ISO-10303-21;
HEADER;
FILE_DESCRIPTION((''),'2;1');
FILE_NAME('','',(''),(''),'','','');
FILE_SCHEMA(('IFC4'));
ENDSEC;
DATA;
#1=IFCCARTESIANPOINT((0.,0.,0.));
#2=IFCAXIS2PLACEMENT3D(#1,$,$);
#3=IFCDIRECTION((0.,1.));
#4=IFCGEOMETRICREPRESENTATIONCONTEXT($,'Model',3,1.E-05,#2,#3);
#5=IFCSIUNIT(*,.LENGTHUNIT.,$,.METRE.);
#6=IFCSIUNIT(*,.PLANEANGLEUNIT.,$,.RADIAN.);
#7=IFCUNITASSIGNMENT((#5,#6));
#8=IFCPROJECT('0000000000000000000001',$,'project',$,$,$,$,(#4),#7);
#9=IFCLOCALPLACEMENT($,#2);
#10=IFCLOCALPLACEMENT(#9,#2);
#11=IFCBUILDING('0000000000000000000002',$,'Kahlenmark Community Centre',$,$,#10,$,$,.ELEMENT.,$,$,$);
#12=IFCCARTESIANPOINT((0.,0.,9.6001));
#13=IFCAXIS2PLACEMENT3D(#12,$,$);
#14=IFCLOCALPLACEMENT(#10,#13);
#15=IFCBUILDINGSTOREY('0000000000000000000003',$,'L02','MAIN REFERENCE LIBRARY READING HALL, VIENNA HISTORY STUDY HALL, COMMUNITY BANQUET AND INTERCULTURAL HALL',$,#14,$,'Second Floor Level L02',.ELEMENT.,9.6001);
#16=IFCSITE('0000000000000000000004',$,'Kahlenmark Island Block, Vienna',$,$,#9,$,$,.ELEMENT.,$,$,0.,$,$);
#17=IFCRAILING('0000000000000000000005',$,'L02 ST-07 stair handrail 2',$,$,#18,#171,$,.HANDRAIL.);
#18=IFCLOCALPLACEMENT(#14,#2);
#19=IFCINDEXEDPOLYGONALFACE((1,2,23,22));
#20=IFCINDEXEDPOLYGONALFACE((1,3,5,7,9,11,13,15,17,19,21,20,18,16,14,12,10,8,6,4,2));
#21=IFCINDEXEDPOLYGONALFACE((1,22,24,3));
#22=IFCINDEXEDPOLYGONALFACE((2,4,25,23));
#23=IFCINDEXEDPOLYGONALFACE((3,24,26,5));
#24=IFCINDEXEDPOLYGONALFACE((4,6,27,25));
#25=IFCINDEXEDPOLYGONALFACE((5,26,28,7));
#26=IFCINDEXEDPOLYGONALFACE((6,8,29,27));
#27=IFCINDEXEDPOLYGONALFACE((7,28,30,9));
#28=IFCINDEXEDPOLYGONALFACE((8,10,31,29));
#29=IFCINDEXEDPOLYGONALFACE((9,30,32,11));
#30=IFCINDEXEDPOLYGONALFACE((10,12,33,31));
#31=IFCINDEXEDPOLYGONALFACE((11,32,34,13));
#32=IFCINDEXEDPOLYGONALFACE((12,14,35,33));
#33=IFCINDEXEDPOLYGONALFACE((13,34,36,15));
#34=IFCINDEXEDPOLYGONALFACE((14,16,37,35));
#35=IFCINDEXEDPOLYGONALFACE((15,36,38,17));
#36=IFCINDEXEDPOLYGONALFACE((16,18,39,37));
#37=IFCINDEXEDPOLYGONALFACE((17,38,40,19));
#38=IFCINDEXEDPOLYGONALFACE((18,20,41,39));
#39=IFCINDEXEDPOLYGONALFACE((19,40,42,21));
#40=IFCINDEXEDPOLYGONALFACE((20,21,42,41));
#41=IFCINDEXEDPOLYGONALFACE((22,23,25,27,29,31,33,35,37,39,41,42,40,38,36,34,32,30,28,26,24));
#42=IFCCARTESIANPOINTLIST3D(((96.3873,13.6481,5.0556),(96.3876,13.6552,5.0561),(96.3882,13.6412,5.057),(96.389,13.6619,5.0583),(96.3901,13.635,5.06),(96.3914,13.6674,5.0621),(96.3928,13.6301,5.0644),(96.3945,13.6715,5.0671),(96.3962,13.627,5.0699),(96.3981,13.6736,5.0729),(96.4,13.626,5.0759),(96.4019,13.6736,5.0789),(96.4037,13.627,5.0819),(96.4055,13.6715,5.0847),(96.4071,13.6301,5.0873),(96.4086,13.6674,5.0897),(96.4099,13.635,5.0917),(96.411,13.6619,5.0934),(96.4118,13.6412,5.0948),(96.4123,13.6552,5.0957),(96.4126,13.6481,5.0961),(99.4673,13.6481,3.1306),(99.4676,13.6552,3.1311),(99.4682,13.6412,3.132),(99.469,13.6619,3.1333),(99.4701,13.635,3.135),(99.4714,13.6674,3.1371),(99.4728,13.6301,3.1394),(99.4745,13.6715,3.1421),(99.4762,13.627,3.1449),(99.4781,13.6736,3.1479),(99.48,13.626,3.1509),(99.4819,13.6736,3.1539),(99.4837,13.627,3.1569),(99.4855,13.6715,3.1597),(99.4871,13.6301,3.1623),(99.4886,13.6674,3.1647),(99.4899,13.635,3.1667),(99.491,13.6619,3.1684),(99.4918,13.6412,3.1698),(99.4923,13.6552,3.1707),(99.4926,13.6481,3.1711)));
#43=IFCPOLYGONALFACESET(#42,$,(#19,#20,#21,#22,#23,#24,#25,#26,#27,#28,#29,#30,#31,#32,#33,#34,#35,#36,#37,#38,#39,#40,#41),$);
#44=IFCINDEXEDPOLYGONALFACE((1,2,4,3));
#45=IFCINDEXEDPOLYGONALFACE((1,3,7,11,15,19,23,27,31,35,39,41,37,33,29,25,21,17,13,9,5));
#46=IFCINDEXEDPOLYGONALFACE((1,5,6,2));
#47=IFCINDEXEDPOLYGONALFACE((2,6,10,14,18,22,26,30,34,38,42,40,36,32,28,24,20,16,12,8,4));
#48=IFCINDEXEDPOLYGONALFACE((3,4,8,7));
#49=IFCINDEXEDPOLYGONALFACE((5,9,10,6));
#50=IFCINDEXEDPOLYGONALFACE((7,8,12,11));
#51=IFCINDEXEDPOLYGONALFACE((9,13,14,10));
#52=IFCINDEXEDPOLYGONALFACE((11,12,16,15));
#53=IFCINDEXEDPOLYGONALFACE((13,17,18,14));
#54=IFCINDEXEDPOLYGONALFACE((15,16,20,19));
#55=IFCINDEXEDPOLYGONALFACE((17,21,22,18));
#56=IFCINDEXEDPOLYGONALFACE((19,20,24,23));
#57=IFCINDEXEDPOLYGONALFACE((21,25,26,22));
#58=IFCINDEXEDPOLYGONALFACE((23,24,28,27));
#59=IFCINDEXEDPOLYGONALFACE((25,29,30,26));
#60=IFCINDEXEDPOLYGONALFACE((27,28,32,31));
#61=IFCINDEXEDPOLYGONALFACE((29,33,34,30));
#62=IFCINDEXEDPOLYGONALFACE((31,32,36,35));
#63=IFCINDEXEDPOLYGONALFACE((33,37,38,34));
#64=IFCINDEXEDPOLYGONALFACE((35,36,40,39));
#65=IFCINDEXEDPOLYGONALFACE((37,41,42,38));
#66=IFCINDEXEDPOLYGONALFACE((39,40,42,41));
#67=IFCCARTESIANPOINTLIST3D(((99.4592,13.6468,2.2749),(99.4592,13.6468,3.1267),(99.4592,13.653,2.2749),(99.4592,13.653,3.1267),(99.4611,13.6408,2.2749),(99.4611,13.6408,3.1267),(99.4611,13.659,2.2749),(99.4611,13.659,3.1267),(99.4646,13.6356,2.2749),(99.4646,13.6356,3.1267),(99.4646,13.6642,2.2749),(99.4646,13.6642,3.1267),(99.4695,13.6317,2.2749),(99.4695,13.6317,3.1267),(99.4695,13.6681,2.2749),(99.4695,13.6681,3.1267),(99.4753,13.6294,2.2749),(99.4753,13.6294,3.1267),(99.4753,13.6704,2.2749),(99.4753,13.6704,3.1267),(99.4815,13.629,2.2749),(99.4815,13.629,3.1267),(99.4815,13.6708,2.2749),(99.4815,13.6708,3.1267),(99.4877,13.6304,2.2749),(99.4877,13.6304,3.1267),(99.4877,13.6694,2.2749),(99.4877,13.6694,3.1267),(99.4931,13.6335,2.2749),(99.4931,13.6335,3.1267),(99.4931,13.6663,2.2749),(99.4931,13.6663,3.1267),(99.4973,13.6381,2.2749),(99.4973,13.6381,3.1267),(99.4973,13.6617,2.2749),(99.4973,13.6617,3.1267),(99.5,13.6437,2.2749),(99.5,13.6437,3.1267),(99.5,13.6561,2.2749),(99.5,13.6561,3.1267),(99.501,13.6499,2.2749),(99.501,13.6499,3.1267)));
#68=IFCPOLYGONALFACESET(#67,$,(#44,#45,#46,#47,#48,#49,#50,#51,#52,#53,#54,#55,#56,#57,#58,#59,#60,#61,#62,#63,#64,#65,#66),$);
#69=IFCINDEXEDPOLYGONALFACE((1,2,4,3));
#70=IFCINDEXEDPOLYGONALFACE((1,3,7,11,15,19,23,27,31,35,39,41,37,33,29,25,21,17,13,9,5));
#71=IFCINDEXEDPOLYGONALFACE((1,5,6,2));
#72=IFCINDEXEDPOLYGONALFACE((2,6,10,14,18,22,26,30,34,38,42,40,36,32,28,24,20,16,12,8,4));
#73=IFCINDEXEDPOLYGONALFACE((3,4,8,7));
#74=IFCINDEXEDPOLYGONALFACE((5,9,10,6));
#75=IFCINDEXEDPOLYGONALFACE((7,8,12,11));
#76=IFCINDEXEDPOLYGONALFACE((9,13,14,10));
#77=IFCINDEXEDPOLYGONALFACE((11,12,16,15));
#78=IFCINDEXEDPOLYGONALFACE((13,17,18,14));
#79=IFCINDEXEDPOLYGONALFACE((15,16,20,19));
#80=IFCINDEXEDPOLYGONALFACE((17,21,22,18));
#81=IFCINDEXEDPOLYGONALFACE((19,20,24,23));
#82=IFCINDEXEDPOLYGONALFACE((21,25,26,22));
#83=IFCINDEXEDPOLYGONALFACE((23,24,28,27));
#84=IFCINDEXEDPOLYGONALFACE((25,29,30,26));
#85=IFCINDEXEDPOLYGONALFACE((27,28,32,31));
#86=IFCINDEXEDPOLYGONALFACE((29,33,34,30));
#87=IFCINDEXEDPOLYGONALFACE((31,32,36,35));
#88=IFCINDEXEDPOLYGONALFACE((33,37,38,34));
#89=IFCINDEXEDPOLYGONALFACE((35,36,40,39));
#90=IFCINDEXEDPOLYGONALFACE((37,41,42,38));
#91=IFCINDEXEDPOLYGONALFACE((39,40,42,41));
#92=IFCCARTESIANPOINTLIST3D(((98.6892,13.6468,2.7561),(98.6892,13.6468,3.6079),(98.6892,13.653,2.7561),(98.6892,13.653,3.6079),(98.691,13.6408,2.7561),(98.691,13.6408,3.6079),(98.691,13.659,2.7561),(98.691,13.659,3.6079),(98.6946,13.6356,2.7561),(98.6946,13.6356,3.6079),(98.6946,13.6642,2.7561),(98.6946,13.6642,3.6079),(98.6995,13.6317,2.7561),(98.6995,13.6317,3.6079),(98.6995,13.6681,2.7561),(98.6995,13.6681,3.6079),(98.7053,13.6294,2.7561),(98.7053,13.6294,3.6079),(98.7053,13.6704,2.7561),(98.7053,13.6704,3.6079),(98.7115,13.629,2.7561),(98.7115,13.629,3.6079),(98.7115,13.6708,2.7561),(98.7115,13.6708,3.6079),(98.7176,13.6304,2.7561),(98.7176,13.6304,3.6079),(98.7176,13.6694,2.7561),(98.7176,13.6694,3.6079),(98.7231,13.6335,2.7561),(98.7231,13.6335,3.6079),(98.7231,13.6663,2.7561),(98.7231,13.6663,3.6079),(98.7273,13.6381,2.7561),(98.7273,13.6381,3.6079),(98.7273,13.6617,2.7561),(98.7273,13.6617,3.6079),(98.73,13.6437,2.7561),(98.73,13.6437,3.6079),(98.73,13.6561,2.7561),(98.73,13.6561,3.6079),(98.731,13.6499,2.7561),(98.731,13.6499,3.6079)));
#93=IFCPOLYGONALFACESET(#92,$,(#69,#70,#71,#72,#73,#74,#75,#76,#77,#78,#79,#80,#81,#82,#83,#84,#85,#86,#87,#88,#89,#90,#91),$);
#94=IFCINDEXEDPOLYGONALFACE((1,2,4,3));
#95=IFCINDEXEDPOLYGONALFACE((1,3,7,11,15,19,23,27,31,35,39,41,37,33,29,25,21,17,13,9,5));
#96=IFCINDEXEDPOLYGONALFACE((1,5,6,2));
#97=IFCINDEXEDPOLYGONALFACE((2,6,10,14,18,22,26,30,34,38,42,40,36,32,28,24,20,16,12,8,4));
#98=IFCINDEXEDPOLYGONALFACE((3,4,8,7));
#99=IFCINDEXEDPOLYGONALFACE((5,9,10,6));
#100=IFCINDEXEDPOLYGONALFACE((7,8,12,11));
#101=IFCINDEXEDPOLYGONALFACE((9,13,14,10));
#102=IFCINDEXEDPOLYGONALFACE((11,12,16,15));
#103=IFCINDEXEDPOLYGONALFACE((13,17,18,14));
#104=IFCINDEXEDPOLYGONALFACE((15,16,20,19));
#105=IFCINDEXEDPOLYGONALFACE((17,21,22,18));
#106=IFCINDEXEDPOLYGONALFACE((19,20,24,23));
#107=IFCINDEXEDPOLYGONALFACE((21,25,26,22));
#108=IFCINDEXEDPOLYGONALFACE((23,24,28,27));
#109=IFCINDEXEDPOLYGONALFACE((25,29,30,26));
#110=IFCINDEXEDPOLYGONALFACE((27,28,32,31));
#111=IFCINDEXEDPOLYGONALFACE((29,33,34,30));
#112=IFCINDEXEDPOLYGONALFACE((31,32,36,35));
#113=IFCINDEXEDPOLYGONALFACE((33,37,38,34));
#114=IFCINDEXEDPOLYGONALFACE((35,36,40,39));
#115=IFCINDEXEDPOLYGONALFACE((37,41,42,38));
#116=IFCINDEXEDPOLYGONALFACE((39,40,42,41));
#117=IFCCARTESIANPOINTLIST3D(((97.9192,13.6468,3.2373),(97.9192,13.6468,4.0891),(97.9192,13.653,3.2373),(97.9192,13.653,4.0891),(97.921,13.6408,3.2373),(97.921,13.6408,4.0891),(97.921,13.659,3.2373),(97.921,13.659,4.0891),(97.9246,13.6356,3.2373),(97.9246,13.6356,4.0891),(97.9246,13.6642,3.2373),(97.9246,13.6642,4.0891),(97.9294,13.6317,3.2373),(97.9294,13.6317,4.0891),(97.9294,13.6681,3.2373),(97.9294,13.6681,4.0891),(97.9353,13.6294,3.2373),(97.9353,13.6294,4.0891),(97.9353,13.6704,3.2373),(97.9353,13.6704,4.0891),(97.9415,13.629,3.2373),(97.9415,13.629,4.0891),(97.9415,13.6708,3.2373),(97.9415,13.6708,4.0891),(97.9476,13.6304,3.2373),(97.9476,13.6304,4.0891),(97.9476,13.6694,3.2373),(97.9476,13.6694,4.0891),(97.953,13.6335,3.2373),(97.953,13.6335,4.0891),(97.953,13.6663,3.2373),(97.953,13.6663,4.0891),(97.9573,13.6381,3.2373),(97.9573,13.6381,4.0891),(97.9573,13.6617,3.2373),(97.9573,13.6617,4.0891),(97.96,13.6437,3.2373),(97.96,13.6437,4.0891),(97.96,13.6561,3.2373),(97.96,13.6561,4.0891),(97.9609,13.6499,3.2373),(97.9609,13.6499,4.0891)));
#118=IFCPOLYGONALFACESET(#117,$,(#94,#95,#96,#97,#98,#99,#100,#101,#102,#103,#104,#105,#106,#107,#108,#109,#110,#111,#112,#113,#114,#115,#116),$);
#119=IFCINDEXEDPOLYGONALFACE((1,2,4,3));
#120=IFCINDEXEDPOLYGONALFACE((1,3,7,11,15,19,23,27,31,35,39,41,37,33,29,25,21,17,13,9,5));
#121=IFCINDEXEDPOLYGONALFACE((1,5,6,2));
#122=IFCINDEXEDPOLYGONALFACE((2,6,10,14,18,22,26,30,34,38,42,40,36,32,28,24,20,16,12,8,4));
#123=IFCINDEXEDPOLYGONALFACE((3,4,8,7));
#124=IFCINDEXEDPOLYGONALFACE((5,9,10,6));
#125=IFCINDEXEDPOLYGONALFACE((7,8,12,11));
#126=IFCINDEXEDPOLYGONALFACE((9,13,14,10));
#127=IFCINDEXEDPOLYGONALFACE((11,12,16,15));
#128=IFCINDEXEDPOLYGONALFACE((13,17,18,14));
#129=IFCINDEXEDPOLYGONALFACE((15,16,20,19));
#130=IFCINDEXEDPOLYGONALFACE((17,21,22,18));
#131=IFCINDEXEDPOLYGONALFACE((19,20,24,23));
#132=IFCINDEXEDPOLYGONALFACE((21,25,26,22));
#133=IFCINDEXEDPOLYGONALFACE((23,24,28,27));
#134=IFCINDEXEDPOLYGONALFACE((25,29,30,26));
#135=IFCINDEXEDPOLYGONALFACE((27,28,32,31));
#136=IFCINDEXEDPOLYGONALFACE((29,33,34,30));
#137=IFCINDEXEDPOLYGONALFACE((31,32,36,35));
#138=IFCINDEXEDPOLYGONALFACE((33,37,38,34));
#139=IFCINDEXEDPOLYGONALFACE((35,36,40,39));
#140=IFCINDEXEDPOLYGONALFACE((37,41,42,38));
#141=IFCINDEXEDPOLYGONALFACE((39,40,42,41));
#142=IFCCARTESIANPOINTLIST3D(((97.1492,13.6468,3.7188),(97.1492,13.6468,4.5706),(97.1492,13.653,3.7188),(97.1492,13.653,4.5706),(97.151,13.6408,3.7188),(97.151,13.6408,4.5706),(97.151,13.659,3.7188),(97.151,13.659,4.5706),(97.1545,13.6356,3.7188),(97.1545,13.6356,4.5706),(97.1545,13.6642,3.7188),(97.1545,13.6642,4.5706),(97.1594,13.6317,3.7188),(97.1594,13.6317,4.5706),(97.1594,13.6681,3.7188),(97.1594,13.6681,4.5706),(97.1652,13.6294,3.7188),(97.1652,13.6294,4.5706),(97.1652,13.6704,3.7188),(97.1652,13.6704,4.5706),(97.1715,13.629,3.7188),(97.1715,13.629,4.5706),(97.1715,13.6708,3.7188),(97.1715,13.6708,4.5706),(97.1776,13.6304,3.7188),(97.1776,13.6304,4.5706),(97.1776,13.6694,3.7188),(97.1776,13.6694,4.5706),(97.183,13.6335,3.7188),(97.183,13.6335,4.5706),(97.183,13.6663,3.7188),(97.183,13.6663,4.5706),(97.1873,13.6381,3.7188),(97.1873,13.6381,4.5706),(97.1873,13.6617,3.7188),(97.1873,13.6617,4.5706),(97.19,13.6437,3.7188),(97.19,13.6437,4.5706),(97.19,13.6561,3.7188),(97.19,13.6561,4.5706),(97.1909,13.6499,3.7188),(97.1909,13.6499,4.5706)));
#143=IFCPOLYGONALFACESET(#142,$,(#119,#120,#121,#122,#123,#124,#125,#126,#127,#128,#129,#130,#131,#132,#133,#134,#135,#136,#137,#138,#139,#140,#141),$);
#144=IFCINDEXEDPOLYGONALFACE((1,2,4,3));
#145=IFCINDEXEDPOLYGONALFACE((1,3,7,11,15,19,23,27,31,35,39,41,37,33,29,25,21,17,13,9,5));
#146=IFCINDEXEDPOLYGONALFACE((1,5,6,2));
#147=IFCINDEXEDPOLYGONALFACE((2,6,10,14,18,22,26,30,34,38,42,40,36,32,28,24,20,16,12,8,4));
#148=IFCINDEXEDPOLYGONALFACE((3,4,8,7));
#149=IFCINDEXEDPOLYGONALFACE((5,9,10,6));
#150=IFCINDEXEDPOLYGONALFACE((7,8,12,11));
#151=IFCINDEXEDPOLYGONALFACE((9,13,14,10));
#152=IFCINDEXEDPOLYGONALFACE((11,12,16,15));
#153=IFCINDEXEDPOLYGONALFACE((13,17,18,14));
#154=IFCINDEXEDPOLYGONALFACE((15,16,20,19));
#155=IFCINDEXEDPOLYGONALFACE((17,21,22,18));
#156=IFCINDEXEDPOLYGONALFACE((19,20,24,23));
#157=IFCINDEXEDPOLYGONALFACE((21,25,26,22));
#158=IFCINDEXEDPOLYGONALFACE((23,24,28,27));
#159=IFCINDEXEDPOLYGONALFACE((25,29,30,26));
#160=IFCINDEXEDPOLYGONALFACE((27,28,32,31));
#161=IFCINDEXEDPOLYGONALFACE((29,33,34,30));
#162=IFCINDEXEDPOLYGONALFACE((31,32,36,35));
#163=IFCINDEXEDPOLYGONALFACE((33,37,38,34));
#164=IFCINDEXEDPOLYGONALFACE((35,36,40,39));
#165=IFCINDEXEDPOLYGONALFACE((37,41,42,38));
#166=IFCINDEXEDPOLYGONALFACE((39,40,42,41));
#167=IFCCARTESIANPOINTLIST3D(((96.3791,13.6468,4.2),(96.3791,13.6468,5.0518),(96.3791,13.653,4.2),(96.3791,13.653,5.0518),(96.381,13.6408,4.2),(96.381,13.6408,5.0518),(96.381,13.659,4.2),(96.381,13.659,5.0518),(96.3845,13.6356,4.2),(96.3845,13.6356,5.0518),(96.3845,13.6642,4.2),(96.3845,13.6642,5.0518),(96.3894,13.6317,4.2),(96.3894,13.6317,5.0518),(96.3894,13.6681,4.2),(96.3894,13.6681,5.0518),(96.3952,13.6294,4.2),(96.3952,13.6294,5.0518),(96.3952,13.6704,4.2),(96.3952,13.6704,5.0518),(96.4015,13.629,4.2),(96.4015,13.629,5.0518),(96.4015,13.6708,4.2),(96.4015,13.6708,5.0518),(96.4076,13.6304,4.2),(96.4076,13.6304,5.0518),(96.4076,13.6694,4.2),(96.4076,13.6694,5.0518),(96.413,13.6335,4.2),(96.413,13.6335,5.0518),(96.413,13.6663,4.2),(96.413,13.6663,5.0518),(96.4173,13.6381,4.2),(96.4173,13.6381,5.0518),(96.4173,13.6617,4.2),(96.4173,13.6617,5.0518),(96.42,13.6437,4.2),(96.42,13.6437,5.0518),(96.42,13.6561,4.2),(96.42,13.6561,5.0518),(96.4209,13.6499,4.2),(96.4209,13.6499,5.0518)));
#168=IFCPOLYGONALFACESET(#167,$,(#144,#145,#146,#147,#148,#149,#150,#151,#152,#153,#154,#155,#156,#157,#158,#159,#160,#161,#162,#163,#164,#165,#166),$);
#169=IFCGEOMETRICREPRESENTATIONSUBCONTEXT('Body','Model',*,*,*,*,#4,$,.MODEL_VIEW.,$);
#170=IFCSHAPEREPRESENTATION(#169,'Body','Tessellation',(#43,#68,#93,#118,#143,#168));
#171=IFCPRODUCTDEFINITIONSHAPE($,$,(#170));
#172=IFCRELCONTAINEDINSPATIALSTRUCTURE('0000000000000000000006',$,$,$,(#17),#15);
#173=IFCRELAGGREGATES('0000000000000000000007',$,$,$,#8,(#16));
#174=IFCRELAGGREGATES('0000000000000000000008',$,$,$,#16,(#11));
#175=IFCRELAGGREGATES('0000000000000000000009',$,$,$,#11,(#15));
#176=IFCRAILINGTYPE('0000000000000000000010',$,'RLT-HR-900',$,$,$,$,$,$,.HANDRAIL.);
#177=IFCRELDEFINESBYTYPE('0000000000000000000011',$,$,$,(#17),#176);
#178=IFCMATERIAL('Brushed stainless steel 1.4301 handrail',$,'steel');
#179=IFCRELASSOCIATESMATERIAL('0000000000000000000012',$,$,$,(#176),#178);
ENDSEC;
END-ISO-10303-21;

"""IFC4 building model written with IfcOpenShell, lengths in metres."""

from ifc_helpers import new_model, si_unit, direction, frame, origin, origin_2d, place, context, subcontext, project, spatial, circle, extrude, material, type_object, element, save


model = new_model("IFC4")

# Units and contexts
model_context = context("Model", 3, precision=1e-05, world=origin(), true_north=direction((0.0, 1.0)))
body_context = subcontext(model_context, "Body", "Model", "MODEL_VIEW")
ifc_project = project(units=[si_unit("LENGTHUNIT", "METRE"), si_unit("PLANEANGLEUNIT", "RADIAN")], contexts=[model_context])

# Site, building, storey
site_placement = place(None, origin())
site = spatial("IfcSite", under=ifc_project, at=site_placement, Name="Kahlenmark Island Block, Vienna", CompositionType="ELEMENT", RefElevation=0.0)
building_placement = place(site_placement, origin())
building = spatial("IfcBuilding", under=site, at=building_placement, Name="Kahlenmark Community Centre", CompositionType="ELEMENT")
storey_placement = place(building_placement, frame((0.0, 0.0, 9.6001)))
storey = spatial("IfcBuildingStorey", under=building, at=storey_placement, Name="L02", Description="MAIN REFERENCE LIBRARY READING HALL, VIENNA HISTORY STUDY HALL, COMMUNITY BANQUET AND INTERCULTURAL HALL", LongName="Second Floor Level L02", CompositionType="ELEMENT", Elevation=9.6001)

# Railing
ifc_material_1 = material(Name="Brushed stainless steel 1.4301 handrail", Category="steel")
railing_type_1 = type_object("IfcRailingType", Name="RLT-HR-900", PredefinedType="HANDRAIL", material=ifc_material_1)
railing_1_placement = place(storey_placement, frame((99.48, 13.6499, 2.2749)))
element("IfcRailing", 1, at=railing_1_placement, inside=storey, type_object=railing_type_1, Name="L02 ST-07 stair handrail 2", PredefinedType="HANDRAIL", context=body_context, shape_type="SweptSolid", body=[
    extrude(circle(Radius=0.0239, at=origin_2d()), frame((0.0, 0.0, 0.876), z_axis=(-0.847998, 0.0, 0.529999), x_axis=(0.0, -1.0, 0.0)), (0.0, 0.0, 1.0), 3.6321),
    extrude(circle(Radius=0.021, at=origin_2d()), origin(), (0.0, 0.0, 1.0), 0.8518),
    extrude(circle(Radius=0.021, at=origin_2d()), frame((-0.77, 0.0, 0.4812)), (0.0, 0.0, 1.0), 0.8518),
    extrude(circle(Radius=0.021, at=origin_2d()), frame((-1.54, 0.0, 0.9624)), (0.0, 0.0, 1.0), 0.8518),
    extrude(circle(Radius=0.021, at=origin_2d()), frame((-2.3101, 0.0, 1.4438)), (0.0, 0.0, 1.0), 0.8518),
    extrude(circle(Radius=0.021, at=origin_2d()), frame((-3.0801, 0.0, 1.925)), (0.0, 0.0, 1.0), 0.8518),
])

save(model, "model.ifc")
